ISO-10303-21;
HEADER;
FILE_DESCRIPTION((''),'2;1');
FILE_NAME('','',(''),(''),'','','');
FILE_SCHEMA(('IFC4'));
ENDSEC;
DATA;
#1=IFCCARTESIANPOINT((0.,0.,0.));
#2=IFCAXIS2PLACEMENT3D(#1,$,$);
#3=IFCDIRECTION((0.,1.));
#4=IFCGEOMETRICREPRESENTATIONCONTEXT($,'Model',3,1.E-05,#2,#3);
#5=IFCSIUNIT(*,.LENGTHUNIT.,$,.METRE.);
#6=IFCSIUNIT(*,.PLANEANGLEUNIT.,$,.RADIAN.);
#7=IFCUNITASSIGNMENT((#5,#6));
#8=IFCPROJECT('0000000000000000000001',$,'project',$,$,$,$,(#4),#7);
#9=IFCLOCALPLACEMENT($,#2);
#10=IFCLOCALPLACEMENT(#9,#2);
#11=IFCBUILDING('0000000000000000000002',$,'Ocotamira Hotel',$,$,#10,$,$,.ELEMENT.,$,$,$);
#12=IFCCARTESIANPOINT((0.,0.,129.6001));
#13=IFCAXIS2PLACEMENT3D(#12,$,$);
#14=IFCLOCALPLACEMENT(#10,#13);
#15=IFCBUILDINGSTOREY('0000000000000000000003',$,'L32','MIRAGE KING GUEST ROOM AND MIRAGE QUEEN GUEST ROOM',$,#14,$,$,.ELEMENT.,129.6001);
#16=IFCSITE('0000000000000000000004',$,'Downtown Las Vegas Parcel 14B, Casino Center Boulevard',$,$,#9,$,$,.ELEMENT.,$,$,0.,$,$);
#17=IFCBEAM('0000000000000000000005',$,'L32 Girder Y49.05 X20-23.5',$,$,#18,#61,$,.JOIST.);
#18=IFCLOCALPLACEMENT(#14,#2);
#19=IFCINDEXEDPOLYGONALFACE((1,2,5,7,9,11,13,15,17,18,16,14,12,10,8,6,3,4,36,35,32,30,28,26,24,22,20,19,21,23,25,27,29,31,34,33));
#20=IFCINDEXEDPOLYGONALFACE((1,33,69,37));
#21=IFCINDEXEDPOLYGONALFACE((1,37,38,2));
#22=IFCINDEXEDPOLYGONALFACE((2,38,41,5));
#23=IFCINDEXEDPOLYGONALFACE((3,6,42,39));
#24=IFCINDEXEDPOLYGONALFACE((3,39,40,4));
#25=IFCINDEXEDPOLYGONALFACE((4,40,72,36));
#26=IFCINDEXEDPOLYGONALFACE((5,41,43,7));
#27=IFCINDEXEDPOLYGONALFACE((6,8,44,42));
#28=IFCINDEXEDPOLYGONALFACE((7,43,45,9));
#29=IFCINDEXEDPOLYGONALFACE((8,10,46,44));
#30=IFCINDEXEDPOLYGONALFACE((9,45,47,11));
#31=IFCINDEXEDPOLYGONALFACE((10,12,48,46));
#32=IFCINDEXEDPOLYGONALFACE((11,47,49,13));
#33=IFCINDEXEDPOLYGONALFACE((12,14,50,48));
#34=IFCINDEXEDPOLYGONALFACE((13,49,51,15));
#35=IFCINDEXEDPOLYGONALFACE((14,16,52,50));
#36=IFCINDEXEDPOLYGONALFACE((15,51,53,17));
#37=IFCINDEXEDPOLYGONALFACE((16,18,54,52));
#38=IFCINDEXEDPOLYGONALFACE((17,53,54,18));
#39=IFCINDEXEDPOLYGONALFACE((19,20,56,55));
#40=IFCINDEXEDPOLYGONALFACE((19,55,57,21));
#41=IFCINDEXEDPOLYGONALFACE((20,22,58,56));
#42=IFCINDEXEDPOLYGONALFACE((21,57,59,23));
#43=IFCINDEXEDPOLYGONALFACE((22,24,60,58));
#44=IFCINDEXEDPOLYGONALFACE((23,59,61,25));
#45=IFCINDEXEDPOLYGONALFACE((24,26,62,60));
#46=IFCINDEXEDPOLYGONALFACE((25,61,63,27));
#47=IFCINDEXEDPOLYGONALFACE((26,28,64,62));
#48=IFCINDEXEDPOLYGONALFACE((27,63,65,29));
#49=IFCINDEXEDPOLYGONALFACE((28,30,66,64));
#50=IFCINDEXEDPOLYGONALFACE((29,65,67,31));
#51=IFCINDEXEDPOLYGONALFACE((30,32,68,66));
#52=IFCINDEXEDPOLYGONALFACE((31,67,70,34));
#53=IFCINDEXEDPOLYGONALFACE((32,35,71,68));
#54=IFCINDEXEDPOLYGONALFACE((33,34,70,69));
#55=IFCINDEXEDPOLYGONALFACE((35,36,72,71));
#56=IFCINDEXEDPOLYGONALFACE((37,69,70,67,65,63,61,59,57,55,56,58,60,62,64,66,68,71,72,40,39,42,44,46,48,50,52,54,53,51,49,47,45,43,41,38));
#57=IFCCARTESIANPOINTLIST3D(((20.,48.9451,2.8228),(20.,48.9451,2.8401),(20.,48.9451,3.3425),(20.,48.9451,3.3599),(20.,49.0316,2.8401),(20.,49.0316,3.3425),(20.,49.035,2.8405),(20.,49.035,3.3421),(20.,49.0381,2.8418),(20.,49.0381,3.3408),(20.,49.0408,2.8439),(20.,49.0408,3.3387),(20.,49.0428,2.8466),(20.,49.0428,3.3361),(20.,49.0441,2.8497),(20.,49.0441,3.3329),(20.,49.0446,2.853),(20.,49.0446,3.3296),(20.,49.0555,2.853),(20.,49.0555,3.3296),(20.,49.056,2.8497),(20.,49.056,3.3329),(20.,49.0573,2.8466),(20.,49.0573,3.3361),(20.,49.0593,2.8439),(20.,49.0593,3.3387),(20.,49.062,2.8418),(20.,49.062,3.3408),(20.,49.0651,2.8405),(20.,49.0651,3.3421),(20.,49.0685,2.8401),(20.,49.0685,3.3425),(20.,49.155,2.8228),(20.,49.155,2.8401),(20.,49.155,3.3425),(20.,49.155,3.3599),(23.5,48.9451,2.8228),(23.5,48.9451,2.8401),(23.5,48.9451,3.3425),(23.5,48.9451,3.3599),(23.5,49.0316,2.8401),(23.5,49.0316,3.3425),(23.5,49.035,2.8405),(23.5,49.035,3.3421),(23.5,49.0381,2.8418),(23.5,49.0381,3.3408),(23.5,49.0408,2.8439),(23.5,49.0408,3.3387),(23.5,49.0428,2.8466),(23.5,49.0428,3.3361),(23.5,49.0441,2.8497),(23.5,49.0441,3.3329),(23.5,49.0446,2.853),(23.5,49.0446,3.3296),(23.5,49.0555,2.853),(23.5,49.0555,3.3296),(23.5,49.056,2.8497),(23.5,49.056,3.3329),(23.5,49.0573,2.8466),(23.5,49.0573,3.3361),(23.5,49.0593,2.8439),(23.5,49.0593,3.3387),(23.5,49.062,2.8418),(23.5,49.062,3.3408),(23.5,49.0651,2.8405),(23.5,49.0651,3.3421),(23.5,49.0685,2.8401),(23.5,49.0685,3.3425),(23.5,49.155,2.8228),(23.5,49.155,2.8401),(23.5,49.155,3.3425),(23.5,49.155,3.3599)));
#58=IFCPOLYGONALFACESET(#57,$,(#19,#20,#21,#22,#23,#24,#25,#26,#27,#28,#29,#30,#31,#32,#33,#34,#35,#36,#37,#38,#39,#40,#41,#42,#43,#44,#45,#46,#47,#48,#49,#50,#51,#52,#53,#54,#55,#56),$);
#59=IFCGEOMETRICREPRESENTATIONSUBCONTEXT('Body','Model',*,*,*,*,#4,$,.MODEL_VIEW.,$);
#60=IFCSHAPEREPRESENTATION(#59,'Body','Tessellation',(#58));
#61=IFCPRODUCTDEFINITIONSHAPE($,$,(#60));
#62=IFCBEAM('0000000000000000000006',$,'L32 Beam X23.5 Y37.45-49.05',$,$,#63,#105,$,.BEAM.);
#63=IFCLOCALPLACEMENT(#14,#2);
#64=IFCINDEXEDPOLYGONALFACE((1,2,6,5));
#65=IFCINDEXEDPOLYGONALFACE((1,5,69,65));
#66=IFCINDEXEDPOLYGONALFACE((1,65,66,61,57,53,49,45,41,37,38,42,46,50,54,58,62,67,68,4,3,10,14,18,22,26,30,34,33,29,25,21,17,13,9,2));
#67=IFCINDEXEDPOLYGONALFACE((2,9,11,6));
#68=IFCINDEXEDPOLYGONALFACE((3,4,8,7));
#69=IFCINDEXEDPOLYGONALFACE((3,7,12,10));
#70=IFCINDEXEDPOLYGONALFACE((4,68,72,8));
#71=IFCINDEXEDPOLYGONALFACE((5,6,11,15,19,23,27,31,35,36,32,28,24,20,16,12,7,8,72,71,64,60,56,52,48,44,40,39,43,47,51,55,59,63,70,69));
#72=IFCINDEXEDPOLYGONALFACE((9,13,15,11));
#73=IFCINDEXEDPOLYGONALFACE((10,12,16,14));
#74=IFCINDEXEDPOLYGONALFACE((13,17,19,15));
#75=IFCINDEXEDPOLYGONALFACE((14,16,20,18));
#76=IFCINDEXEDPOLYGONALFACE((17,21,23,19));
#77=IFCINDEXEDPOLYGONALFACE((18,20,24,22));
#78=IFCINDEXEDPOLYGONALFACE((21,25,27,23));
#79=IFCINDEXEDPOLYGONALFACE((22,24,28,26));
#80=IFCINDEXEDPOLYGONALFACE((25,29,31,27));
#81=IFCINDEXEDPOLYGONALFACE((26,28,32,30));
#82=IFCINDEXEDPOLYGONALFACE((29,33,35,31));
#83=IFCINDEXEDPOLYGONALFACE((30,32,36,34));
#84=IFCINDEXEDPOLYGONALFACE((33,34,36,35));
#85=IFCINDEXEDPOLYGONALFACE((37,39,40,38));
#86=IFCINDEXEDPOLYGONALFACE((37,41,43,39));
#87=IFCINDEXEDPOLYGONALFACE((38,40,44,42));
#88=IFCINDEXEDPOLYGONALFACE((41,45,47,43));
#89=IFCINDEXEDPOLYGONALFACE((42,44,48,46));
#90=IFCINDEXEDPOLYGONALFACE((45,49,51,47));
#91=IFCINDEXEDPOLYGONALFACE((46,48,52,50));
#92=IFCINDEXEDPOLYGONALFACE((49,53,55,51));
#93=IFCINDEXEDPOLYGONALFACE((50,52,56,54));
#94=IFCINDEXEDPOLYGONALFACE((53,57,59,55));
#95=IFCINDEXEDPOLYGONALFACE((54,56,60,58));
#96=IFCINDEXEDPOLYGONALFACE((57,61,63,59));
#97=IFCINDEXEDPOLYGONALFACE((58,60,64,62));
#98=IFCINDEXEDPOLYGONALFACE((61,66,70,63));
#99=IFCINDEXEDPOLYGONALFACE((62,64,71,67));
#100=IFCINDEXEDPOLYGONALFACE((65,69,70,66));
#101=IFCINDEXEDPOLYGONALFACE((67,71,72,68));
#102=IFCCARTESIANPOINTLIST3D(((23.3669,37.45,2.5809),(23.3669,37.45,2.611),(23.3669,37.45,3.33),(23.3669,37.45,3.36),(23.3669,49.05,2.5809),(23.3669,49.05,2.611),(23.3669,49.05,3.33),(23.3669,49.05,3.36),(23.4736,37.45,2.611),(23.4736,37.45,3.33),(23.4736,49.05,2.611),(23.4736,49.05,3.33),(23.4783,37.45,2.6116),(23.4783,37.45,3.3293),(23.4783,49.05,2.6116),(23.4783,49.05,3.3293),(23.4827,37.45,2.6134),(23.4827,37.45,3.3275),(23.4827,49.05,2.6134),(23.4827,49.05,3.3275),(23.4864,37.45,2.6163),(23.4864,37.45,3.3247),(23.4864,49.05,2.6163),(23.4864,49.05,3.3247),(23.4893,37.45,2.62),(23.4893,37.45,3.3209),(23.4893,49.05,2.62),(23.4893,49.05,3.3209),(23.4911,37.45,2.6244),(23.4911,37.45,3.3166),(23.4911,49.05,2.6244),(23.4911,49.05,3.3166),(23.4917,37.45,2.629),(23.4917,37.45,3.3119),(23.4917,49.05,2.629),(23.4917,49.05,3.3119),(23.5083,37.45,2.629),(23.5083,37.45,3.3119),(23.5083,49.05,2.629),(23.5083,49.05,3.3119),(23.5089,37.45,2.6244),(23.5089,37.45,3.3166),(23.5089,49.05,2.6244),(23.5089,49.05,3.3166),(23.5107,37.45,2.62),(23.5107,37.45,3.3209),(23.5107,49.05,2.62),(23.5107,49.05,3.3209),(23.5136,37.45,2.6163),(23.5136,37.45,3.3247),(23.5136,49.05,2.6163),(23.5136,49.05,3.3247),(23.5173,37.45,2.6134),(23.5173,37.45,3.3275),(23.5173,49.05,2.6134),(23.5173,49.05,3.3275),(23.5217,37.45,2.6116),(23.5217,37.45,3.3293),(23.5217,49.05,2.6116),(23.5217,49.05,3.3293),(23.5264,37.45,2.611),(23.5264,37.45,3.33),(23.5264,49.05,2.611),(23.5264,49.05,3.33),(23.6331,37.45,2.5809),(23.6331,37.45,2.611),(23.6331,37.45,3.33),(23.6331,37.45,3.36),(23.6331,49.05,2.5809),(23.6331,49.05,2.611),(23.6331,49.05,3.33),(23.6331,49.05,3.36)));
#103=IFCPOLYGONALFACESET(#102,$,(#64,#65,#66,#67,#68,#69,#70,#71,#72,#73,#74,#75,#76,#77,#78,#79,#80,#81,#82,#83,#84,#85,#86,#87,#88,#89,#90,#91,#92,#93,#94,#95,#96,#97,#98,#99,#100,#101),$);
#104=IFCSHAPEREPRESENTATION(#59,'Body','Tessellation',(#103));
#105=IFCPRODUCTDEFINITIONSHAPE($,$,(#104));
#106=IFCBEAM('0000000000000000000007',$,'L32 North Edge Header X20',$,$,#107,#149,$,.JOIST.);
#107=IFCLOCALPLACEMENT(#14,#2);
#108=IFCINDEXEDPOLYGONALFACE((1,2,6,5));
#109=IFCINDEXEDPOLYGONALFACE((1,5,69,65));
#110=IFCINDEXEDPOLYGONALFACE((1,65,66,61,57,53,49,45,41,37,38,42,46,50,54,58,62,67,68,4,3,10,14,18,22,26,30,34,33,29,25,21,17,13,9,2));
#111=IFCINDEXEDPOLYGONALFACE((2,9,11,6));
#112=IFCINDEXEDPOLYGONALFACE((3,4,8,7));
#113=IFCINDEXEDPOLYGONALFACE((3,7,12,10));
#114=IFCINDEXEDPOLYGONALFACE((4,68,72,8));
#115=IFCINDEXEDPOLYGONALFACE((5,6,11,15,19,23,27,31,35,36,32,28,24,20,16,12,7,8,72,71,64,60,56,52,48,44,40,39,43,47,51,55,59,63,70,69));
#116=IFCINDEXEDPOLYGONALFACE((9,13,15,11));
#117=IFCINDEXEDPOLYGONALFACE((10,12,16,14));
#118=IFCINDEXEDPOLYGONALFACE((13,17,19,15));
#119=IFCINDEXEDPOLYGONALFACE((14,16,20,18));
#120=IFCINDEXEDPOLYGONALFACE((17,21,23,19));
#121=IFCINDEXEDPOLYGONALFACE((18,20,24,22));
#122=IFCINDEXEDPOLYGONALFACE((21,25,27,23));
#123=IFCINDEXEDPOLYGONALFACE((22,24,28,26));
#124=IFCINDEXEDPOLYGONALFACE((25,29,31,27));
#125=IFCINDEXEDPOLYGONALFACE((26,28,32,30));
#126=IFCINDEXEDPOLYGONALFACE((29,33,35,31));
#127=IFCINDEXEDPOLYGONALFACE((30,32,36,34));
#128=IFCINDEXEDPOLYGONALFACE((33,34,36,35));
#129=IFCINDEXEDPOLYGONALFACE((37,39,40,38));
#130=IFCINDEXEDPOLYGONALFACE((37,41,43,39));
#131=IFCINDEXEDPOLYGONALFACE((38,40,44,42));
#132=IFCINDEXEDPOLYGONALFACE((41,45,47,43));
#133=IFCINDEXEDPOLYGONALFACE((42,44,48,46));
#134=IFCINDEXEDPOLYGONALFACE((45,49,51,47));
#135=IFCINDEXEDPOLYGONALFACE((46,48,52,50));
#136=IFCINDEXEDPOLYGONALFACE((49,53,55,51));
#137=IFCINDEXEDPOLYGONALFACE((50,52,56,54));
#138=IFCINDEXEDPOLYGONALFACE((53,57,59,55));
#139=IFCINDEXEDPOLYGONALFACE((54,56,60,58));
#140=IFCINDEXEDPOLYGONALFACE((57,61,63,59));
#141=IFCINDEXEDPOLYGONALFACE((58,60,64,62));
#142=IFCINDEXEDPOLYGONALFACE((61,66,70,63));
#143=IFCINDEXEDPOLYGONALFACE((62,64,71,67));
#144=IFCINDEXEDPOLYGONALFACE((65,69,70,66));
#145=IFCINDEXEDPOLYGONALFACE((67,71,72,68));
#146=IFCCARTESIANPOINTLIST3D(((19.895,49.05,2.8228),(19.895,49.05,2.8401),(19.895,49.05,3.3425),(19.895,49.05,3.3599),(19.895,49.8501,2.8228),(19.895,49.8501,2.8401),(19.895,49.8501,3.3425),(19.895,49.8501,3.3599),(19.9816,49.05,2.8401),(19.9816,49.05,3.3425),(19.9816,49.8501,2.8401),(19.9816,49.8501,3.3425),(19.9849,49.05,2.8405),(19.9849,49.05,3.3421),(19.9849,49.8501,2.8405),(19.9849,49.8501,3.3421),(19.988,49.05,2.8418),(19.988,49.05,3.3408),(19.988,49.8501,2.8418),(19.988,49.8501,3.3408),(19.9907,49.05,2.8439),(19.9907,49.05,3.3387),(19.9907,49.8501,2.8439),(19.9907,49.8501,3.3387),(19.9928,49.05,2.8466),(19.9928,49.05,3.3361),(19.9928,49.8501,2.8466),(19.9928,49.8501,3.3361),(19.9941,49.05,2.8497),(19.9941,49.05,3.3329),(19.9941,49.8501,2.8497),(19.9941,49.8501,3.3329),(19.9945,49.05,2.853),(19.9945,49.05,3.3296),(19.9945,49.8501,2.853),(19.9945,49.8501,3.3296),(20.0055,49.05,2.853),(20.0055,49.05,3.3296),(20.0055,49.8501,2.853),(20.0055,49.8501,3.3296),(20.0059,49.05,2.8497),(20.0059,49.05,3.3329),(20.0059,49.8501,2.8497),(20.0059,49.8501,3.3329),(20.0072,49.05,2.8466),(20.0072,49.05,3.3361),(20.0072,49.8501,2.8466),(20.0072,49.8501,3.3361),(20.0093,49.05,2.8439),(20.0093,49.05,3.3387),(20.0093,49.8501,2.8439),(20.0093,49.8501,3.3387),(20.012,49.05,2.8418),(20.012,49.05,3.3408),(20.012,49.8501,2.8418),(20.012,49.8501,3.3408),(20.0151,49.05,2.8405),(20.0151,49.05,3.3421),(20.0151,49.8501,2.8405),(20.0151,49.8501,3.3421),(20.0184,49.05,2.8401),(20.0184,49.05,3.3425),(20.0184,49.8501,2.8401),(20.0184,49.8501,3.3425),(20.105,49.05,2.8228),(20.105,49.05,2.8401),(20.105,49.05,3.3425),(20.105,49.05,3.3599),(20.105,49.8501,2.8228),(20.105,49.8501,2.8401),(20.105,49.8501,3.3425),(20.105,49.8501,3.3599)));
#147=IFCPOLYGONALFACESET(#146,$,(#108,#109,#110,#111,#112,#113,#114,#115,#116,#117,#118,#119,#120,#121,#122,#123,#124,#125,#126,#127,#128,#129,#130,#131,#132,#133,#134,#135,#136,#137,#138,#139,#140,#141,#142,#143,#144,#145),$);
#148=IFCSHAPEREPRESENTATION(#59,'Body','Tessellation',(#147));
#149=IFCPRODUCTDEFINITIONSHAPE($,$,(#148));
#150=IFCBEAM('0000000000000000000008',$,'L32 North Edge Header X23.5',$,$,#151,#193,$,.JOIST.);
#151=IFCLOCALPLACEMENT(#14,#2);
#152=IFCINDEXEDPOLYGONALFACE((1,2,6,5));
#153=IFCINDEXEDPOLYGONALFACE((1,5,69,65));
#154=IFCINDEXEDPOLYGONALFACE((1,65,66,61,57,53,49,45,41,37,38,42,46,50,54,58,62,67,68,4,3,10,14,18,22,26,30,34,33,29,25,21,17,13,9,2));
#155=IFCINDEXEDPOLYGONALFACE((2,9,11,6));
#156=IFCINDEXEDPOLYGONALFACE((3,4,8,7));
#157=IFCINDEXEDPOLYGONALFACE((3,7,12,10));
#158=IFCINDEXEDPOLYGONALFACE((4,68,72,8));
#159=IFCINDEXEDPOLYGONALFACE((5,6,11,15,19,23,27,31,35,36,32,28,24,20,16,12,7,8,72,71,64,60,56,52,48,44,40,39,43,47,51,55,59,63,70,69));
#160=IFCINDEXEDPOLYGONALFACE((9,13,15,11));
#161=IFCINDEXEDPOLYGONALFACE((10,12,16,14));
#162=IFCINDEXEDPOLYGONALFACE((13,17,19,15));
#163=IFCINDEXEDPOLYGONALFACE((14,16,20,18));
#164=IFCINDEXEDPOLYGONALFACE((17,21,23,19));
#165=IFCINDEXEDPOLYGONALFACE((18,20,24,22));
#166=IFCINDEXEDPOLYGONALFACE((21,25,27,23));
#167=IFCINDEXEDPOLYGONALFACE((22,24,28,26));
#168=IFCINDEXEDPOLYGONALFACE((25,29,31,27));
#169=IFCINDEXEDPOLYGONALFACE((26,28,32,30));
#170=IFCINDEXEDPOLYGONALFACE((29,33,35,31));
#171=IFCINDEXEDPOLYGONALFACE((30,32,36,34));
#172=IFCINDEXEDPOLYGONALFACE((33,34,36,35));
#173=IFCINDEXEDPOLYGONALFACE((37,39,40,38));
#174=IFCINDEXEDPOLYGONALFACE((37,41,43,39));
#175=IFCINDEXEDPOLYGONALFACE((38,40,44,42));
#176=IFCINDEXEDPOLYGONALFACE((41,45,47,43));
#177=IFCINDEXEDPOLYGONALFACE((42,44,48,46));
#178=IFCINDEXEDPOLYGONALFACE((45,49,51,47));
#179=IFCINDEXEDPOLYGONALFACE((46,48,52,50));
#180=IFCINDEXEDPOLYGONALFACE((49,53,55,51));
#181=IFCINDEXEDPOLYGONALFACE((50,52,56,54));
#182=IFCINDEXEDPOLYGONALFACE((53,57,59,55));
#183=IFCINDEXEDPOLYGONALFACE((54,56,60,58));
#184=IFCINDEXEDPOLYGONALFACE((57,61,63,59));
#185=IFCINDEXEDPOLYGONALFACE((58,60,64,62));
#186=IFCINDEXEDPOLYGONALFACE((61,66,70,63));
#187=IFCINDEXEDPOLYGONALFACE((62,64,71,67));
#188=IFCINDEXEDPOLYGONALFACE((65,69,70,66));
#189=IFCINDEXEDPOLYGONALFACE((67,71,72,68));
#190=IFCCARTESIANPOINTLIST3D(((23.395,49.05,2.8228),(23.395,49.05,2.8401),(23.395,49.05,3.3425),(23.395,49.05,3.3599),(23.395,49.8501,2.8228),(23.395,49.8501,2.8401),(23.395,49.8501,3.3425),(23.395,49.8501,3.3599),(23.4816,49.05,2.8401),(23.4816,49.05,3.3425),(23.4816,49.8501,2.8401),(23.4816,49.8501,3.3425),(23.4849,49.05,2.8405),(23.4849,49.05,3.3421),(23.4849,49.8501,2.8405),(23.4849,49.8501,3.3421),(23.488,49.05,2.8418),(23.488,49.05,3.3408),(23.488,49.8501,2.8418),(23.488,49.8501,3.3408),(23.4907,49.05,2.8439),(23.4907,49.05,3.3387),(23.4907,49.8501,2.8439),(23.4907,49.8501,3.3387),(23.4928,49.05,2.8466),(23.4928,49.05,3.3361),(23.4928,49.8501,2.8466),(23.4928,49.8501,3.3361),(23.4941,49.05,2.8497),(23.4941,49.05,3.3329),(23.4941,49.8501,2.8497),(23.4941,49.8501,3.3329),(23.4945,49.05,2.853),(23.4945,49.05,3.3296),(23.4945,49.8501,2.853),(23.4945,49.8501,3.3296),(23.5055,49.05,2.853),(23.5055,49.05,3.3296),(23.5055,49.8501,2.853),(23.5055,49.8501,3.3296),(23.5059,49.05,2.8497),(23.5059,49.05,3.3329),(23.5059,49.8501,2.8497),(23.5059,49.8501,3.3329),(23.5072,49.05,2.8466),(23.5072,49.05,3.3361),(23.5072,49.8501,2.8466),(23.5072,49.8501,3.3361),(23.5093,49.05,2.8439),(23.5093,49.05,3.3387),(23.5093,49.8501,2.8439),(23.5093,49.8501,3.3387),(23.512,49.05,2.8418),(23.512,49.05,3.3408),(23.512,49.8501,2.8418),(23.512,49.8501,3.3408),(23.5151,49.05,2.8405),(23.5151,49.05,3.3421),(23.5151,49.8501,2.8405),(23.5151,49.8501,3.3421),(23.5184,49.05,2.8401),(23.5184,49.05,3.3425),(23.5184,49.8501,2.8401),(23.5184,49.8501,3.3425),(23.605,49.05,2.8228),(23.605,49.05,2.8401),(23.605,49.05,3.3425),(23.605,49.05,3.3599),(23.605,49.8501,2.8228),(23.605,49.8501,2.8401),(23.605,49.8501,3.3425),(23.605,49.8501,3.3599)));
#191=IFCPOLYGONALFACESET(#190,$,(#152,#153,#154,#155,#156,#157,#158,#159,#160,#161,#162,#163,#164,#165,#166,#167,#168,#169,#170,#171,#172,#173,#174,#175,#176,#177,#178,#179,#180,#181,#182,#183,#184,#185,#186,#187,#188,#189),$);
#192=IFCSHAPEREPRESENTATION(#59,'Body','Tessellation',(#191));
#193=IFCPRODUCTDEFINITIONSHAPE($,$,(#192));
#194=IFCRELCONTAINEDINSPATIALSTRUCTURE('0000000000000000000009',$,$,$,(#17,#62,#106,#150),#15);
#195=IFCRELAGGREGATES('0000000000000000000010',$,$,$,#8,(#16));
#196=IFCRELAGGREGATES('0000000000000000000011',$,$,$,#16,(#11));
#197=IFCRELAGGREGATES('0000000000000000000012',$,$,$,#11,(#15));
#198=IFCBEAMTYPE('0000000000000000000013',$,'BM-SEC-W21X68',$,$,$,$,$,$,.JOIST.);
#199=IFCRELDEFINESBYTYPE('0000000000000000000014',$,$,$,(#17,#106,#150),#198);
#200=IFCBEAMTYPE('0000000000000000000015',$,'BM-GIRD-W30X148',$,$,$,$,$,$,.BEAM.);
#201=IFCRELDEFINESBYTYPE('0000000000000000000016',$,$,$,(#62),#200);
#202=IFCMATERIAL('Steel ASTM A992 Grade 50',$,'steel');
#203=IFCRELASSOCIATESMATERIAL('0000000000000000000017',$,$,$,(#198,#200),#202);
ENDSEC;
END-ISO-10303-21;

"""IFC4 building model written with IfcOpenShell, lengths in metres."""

from ifc_helpers import new_model, si_unit, direction, frame, origin, origin_2d, place, context, subcontext, project, spatial, i_section, extrude, source, transform, mapped, material, material_profile, profile_set, type_object, element, save


model = new_model("IFC4")

# Units and contexts
model_context = context("Model", 3, precision=1e-05, world=origin(), true_north=direction((0.0, 1.0)))
body_context = subcontext(model_context, "Body", "Model", "MODEL_VIEW")
ifc_project = project(units=[si_unit("LENGTHUNIT", "METRE"), si_unit("PLANEANGLEUNIT", "RADIAN")], contexts=[model_context])

# Site, building, storey
site_placement = place(None, origin())
site = spatial("IfcSite", under=ifc_project, at=site_placement, Name="Downtown Las Vegas Parcel 14B, Casino Center Boulevard", CompositionType="ELEMENT", RefElevation=0.0)
building_placement = place(site_placement, origin())
building = spatial("IfcBuilding", under=site, at=building_placement, Name="Ocotamira Hotel", CompositionType="ELEMENT")
storey_placement = place(building_placement, frame((0.0, 0.0, 129.6001)))
storey = spatial("IfcBuildingStorey", under=building, at=storey_placement, Name="L32", Description="MIRAGE KING GUEST ROOM AND MIRAGE QUEEN GUEST ROOM", CompositionType="ELEMENT", Elevation=129.6001)

# Beams
ifc_material_1 = material(Name="Steel ASTM A992 Grade 50", Category="steel")
ifc_material_profile_1 = material_profile(ifc_material_1, i_section(OverallWidth=0.21, OverallDepth=0.5371, WebThickness=0.011, FlangeThickness=0.0173, FilletRadius=0.0129, at=origin_2d()), Name="W21X68")
ifc_profile_set_1 = profile_set([ifc_material_profile_1], Name="Steel ASTM A992 Grade 50")
beam_type_1 = type_object("IfcBeamType", Name="BM-SEC-W21X68", PredefinedType="JOIST", material=ifc_profile_set_1)
shared_shape_1 = source(origin(), body_context, "Body", "SweptSolid", [
    extrude(i_section(OverallWidth=0.21, OverallDepth=0.5371, WebThickness=0.011, FlangeThickness=0.0173, FilletRadius=0.0129, at=origin_2d()), origin(), (0.0, 0.0, 1.0), 3.5),
])
beam_1_placement = place(storey_placement, frame((20.0, 49.05, 3.0913), z_axis=(1.0, 0.0, 0.0), x_axis=(0.0, 1.0, 0.0)))
element("IfcBeam", 1, at=beam_1_placement, inside=storey, type_object=beam_type_1, Name="L32 Girder Y49.05 X20-23.5", PredefinedType="JOIST", context=body_context, shape_type="MappedRepresentation", body=[
    mapped(shared_shape_1, transform((0.0, 0.0, 0.0), scale=1.0)),
])
ifc_material_profile_2 = material_profile(ifc_material_1, i_section(OverallWidth=0.2661, OverallDepth=0.7791, WebThickness=0.0166, FlangeThickness=0.03, FilletRadius=0.0181, at=origin_2d()), Name="W30X148")
ifc_profile_set_2 = profile_set([ifc_material_profile_2], Name="Steel ASTM A992 Grade 50")
beam_type_2 = type_object("IfcBeamType", Name="BM-GIRD-W30X148", PredefinedType="BEAM", material=ifc_profile_set_2)
shared_shape_2 = source(origin(), body_context, "Body", "SweptSolid", [
    extrude(i_section(OverallWidth=0.2661, OverallDepth=0.7791, WebThickness=0.0166, FlangeThickness=0.03, FilletRadius=0.0181, at=origin_2d()), origin(), (0.0, 0.0, 1.0), 11.6001),
])
beam_2_placement = place(storey_placement, frame((23.5, 37.45, 2.9705), z_axis=(0.0, 1.0, 0.0), x_axis=(-1.0, 0.0, 0.0)))
element("IfcBeam", 2, at=beam_2_placement, inside=storey, type_object=beam_type_2, Name="L32 Beam X23.5 Y37.45-49.05", PredefinedType="BEAM", context=body_context, shape_type="MappedRepresentation", body=[
    mapped(shared_shape_2, transform((0.0, 0.0, 0.0), scale=1.0)),
])
shared_shape_3 = source(origin(), body_context, "Body", "SweptSolid", [
    extrude(i_section(OverallWidth=0.21, OverallDepth=0.5371, WebThickness=0.011, FlangeThickness=0.0173, FilletRadius=0.0129, at=origin_2d()), origin(), (0.0, 0.0, 1.0), 0.8),
])
for number, where, z_axis, x_axis, name in (
    (3, (20.0, 49.05, 3.0913), (0.0, 1.0, 0.0), (-1.0, 0.0, 0.0), "L32 North Edge Header X20"),
    (4, (23.5, 49.05, 3.0913), (0.0, 1.0, 0.0), (-1.0, 0.0, 0.0), "L32 North Edge Header X23.5"),
):
    element("IfcBeam", number, at=place(storey_placement, frame(where, z_axis=z_axis, x_axis=x_axis)), inside=storey, type_object=beam_type_1, Name=name, PredefinedType="JOIST", context=body_context, shape_type="MappedRepresentation", body=[
        mapped(shared_shape_3, transform((0.0, 0.0, 0.0), scale=1.0)),
    ])

save(model, "model.ifc")
